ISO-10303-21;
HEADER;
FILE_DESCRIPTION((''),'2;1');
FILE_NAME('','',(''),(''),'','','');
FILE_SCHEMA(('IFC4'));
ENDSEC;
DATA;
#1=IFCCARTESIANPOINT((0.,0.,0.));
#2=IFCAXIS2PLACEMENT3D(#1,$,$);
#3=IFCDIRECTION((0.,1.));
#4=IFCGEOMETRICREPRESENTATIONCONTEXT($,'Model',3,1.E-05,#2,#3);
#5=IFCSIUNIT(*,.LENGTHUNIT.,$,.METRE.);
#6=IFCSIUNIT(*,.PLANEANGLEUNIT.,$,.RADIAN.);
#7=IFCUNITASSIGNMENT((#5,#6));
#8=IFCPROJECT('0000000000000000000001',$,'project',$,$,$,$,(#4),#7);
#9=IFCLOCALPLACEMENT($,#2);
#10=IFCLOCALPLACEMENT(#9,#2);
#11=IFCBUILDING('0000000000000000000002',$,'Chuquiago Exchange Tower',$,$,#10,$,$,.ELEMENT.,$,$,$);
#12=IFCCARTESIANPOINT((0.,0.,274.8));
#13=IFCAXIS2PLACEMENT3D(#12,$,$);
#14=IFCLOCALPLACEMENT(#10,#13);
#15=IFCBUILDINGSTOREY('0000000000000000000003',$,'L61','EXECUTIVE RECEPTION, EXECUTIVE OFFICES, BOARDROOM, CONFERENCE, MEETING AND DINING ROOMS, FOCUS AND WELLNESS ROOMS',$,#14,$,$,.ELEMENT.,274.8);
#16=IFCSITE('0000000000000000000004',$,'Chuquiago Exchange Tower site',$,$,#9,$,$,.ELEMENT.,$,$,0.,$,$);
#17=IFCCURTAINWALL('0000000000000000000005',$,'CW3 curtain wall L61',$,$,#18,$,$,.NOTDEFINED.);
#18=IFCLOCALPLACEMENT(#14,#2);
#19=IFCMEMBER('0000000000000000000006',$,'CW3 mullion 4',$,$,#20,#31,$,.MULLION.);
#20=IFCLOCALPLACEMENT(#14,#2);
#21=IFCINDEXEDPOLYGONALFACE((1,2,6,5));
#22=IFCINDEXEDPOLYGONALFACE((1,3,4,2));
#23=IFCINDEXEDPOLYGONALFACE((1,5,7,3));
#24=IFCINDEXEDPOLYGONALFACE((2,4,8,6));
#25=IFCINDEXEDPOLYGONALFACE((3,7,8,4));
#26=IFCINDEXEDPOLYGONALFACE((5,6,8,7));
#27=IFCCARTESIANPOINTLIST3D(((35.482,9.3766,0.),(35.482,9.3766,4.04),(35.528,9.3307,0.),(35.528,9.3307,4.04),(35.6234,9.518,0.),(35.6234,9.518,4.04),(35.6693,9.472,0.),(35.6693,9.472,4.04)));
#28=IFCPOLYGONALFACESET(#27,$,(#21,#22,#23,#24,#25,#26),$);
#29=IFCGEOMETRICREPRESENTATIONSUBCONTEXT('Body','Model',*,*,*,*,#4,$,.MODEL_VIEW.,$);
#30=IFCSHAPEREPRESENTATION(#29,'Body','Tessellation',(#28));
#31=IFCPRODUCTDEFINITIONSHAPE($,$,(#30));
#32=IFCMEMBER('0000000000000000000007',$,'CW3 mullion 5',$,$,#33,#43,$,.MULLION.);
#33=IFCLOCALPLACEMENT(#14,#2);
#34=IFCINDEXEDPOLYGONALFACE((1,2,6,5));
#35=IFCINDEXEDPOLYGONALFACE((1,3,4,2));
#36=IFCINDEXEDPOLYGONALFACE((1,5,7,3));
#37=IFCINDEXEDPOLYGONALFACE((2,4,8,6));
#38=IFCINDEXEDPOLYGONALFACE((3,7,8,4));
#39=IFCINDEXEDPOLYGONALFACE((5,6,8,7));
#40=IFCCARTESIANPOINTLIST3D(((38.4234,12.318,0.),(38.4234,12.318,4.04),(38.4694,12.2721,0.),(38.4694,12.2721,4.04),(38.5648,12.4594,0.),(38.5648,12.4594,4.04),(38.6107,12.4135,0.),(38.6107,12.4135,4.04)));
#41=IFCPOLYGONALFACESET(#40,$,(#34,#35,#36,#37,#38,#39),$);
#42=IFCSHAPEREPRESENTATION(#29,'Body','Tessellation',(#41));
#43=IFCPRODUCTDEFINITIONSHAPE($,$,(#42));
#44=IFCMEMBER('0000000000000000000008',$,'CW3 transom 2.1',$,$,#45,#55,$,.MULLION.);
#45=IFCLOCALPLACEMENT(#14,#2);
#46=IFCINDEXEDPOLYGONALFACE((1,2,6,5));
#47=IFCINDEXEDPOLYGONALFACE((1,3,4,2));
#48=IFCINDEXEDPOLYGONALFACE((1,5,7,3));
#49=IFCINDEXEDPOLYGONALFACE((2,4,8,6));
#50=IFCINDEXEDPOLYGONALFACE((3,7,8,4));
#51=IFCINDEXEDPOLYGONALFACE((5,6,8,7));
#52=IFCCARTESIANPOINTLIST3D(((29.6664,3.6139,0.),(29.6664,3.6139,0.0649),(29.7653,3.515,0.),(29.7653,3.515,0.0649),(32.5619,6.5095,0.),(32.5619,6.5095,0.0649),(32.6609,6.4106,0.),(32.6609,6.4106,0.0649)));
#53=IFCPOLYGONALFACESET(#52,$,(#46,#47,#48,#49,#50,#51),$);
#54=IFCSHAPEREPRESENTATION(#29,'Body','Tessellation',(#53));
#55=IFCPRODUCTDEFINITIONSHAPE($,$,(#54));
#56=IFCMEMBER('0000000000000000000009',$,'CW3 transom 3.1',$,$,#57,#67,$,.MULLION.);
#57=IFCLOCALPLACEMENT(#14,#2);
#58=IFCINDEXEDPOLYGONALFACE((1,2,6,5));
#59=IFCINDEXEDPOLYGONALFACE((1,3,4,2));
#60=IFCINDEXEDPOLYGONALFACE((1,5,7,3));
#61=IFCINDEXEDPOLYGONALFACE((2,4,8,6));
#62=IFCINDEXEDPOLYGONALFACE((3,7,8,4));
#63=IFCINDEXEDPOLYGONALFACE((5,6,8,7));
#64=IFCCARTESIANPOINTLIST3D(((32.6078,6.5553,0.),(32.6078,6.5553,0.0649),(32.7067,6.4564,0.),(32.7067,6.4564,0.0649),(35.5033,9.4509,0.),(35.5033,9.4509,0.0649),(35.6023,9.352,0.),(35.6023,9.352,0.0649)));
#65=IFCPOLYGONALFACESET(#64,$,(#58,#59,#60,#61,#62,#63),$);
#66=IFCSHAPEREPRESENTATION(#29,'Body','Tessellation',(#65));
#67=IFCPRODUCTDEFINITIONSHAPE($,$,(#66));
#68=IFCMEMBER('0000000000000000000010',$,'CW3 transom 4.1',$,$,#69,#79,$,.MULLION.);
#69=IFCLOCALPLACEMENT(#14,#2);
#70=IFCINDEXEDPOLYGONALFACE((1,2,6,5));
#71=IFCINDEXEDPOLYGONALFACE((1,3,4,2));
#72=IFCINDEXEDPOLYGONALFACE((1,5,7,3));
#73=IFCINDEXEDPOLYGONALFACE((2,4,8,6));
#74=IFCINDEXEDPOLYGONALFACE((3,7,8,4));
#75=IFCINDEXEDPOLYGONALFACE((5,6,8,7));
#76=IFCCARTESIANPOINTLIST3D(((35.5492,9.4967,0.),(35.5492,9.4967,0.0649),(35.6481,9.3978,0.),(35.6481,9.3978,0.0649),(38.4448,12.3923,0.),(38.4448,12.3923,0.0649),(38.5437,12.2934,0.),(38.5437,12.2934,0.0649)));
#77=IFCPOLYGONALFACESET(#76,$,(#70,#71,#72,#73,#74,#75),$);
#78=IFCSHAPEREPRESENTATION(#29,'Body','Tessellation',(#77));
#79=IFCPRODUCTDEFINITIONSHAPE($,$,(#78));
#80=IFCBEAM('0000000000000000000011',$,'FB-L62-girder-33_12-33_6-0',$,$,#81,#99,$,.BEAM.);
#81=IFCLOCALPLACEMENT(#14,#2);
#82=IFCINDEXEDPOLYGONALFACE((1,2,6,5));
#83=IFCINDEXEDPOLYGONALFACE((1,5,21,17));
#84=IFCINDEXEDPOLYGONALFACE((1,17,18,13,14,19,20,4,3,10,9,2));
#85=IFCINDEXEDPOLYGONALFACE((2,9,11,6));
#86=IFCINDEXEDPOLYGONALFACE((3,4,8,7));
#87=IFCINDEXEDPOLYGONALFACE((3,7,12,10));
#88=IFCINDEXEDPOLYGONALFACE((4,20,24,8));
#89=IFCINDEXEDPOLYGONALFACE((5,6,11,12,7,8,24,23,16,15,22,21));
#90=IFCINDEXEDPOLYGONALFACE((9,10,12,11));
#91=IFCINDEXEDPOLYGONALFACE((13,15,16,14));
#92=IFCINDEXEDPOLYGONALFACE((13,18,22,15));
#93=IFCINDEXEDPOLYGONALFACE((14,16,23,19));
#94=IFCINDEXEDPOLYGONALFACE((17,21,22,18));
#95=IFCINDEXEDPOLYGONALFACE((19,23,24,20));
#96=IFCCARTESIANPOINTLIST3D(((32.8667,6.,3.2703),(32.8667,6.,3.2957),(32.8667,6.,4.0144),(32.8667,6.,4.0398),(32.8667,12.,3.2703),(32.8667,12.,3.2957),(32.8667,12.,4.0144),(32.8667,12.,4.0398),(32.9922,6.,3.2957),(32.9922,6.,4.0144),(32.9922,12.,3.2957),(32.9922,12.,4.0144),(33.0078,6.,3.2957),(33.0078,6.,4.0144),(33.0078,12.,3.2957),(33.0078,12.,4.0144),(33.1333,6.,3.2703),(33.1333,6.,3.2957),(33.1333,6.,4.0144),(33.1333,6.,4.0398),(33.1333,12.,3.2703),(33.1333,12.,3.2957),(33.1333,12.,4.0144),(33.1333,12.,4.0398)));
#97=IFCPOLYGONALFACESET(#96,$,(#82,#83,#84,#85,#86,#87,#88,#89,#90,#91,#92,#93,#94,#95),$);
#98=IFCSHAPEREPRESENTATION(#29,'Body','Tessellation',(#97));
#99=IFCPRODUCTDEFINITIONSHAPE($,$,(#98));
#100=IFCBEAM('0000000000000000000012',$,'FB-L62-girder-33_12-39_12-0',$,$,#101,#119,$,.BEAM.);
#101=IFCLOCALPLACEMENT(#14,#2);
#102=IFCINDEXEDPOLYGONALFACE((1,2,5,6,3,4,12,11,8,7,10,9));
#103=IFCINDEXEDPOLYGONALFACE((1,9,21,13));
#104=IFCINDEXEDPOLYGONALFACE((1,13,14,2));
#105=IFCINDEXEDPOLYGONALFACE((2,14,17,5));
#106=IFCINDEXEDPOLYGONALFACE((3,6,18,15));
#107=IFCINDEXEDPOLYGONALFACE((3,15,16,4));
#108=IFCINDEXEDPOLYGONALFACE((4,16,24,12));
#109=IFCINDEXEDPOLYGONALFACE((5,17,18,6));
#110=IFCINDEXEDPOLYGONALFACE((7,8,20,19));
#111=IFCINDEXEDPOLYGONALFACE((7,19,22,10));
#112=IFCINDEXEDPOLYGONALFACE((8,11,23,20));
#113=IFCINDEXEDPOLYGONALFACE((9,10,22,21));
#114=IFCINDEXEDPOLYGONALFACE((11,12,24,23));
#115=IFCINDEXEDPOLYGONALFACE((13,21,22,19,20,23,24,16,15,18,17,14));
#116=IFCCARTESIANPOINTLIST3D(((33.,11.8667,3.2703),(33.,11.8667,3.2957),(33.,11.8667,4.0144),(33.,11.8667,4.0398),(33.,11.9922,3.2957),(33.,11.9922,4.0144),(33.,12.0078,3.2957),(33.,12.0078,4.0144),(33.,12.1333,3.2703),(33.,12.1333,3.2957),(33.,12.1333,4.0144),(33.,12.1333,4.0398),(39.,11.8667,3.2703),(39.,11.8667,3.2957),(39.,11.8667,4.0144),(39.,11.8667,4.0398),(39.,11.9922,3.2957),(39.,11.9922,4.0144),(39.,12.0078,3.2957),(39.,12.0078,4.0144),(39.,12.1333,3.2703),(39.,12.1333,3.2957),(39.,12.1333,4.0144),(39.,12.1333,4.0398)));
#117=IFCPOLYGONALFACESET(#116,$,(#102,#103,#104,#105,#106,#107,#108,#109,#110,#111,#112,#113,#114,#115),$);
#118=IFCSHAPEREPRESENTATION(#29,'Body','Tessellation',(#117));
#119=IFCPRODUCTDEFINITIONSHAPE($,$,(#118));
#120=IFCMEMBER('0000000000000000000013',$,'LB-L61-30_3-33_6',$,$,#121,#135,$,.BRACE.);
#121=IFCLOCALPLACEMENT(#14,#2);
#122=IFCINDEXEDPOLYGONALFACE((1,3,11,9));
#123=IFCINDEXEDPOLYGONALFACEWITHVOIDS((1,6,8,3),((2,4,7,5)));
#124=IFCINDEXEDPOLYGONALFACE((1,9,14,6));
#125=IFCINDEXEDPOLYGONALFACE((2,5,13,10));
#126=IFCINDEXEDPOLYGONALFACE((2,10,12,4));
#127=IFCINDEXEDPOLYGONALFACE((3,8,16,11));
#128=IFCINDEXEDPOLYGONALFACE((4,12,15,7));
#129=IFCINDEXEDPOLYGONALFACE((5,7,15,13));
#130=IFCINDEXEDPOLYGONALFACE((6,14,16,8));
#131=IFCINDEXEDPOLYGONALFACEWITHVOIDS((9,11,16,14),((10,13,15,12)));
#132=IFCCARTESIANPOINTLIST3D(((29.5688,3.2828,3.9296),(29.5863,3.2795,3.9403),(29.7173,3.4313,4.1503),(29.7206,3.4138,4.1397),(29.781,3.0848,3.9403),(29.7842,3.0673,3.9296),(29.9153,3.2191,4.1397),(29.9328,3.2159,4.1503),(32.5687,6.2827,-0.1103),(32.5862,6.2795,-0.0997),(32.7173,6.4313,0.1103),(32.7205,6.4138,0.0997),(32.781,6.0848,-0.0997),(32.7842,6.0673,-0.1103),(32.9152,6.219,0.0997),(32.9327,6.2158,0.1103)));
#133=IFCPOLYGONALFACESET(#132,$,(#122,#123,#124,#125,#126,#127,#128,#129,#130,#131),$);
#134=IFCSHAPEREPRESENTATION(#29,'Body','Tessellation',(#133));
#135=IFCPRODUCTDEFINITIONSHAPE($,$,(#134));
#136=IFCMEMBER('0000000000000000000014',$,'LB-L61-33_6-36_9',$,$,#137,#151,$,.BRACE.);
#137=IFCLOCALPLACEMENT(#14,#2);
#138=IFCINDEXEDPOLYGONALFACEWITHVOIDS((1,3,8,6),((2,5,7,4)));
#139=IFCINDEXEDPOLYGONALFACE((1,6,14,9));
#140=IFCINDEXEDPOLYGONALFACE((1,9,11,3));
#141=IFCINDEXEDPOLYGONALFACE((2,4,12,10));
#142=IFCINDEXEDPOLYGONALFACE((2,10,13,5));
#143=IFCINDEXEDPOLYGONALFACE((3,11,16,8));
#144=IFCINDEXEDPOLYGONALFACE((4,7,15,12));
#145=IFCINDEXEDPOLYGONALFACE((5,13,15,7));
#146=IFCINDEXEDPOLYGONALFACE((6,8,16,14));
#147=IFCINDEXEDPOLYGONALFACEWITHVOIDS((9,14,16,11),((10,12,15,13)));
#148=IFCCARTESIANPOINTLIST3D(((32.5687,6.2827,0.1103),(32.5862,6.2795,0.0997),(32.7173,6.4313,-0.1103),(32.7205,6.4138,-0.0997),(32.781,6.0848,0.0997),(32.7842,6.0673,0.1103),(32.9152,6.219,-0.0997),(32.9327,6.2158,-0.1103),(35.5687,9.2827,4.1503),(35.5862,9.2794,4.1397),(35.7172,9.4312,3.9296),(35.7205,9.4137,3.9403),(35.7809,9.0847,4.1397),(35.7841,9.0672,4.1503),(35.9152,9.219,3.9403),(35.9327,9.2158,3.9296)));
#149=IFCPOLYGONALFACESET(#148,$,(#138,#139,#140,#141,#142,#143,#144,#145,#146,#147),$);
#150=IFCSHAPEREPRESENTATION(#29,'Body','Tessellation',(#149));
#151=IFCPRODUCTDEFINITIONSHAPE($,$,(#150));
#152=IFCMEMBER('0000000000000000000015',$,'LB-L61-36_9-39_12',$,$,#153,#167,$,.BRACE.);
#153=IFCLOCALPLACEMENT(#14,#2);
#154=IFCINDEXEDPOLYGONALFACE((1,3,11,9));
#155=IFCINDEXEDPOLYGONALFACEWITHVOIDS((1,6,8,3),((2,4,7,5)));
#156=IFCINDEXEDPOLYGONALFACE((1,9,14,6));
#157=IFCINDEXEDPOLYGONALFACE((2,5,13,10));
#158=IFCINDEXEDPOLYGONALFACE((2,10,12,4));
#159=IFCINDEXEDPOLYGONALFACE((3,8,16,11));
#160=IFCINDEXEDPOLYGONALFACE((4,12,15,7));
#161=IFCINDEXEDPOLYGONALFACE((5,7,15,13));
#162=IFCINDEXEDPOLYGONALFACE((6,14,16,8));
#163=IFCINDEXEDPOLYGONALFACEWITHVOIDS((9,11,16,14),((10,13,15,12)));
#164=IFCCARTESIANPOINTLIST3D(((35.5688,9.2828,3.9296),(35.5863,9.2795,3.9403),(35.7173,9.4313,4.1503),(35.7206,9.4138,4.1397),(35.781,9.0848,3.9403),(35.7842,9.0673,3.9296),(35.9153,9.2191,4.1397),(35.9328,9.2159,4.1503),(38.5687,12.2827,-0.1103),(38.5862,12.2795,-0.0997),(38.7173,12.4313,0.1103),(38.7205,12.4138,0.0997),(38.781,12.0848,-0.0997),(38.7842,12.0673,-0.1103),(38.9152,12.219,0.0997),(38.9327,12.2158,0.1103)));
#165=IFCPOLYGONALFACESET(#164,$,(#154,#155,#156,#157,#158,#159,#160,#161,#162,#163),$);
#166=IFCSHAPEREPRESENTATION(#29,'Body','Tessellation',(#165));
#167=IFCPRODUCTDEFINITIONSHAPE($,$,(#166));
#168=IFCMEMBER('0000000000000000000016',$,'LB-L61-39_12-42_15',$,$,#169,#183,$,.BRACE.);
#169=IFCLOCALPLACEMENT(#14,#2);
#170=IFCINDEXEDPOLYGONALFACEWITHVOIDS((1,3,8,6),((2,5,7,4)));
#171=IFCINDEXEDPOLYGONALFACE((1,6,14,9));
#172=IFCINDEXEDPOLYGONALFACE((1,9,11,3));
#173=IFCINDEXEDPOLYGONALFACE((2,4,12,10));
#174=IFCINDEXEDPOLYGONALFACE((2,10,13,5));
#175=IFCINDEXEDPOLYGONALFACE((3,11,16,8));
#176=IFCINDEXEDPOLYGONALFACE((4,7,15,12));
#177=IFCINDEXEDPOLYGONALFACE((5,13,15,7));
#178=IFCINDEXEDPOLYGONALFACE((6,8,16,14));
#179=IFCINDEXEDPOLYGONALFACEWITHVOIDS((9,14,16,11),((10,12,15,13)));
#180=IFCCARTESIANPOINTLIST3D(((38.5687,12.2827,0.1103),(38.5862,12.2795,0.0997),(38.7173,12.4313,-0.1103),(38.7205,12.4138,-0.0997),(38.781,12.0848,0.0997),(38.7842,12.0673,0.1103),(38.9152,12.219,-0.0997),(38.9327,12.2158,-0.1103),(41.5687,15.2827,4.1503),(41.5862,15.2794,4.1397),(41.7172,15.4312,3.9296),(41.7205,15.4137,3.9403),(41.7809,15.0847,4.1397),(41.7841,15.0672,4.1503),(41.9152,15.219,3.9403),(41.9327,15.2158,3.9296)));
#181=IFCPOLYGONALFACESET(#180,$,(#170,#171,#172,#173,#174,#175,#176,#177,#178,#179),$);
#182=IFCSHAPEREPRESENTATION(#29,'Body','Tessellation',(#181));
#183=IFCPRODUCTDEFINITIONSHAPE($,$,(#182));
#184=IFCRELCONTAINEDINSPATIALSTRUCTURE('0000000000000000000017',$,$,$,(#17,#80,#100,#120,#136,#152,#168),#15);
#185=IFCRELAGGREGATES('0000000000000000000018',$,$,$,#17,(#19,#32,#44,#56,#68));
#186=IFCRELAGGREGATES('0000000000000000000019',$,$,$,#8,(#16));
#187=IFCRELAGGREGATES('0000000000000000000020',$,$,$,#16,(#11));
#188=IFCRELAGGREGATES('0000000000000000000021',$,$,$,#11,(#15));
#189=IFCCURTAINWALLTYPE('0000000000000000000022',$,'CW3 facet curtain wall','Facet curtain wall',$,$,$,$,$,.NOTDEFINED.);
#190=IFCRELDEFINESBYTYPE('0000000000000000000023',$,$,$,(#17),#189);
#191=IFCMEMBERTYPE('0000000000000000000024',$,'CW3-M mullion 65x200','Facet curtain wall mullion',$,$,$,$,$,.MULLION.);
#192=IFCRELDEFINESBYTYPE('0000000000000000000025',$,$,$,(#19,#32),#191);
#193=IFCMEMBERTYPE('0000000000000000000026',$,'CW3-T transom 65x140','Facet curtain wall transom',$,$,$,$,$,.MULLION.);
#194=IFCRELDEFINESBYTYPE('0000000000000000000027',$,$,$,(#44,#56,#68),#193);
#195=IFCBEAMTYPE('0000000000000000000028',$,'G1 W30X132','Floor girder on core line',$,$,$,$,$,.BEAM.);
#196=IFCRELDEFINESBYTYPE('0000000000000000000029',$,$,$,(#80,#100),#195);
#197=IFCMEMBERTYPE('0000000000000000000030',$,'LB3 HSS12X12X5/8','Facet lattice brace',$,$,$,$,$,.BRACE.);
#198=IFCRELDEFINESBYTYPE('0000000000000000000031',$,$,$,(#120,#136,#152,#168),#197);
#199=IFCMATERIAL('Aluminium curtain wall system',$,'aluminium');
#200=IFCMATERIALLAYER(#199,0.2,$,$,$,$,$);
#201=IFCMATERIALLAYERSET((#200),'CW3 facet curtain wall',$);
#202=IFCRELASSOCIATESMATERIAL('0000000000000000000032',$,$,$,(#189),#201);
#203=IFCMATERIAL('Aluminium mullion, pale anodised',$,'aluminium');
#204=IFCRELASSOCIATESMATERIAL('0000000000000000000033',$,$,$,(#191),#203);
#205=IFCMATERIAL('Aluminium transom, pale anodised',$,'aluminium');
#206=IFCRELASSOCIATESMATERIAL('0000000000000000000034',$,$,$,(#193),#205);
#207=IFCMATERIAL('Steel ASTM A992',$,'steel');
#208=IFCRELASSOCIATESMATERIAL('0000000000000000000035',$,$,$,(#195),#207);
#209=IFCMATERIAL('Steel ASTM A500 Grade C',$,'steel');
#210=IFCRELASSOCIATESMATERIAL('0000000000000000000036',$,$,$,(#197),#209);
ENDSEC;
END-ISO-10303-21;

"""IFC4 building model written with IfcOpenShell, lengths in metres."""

from ifc_helpers import new_model, si_unit, direction, frame, origin, origin_2d, place, context, subcontext, project, spatial, rectangle, hollow_rectangle, i_section, extrude, material, layer, layer_set, material_profile, profile_set, type_object, element, aggregate, save


model = new_model("IFC4")

# Units and contexts
model_context = context("Model", 3, precision=1e-05, world=origin(), true_north=direction((0.0, 1.0)))
body_context = subcontext(model_context, "Body", "Model", "MODEL_VIEW")
ifc_project = project(units=[si_unit("LENGTHUNIT", "METRE"), si_unit("PLANEANGLEUNIT", "RADIAN")], contexts=[model_context])

# Site, building, storey
site_placement = place(None, origin())
site = spatial("IfcSite", under=ifc_project, at=site_placement, Name="Chuquiago Exchange Tower site", CompositionType="ELEMENT", RefElevation=0.0)
building_placement = place(site_placement, origin())
building = spatial("IfcBuilding", under=site, at=building_placement, Name="Chuquiago Exchange Tower", CompositionType="ELEMENT")
storey_placement = place(building_placement, frame((0.0, 0.0, 274.8)))
storey = spatial("IfcBuildingStorey", under=building, at=storey_placement, Name="L61", Description="EXECUTIVE RECEPTION, EXECUTIVE OFFICES, BOARDROOM, CONFERENCE, MEETING AND DINING ROOMS, FOCUS AND WELLNESS ROOMS", CompositionType="ELEMENT", Elevation=274.8)

# Curtain wall, members
ifc_material_1 = material(Name="Aluminium curtain wall system", Category="aluminium")
ifc_layer_1 = layer(ifc_material_1, 0.2)
ifc_layer_set_1 = layer_set([ifc_layer_1], Name="CW3 facet curtain wall")
curtain_wall_type = type_object("IfcCurtainWallType", Name="CW3 facet curtain wall", Description="Facet curtain wall", PredefinedType="NOTDEFINED", material=ifc_layer_set_1)
curtain_wall_placement = place(storey_placement, origin())
curtain_wall = element("IfcCurtainWall", 1, at=curtain_wall_placement, inside=storey, type_object=curtain_wall_type, Name="CW3 curtain wall L61", PredefinedType="NOTDEFINED")
ifc_material_2 = material(Name="Aluminium mullion, pale anodised", Category="aluminium")
ifc_material_profile_1 = material_profile(ifc_material_2, rectangle(XDim=0.0649, YDim=0.2, at=origin_2d()), Name="AL 65x200")
ifc_profile_set_1 = profile_set([ifc_material_profile_1], Name="Aluminium mullion, pale anodised")
member_type_1 = type_object("IfcMemberType", Name="CW3-M mullion 65x200", Description="Facet curtain wall mullion", PredefinedType="MULLION", material=ifc_profile_set_1)
member_1_placement = place(storey_placement, frame((35.5757, 9.4243, 0.0), z_axis=(0.0, 0.0, 1.0), x_axis=(-0.707107, 0.707107, 0.0)))
member_1 = element("IfcMember", 2, at=member_1_placement, type_object=member_type_1, Name="CW3 mullion 4", PredefinedType="MULLION", context=body_context, shape_type="SweptSolid", body=[
    extrude(rectangle(XDim=0.0649, YDim=0.2, at=origin_2d()), origin(), (0.0, 0.0, 1.0), 4.04),
])
member_2_placement = place(storey_placement, frame((38.5171, 12.3657, 0.0), z_axis=(0.0, 0.0, 1.0), x_axis=(-0.707107, 0.707107, 0.0)))
member_2 = element("IfcMember", 3, at=member_2_placement, type_object=member_type_1, Name="CW3 mullion 5", PredefinedType="MULLION", context=body_context, shape_type="SweptSolid", body=[
    extrude(rectangle(XDim=0.0649, YDim=0.2, at=origin_2d()), origin(), (0.0, 0.0, 1.0), 4.04),
])
ifc_material_3 = material(Name="Aluminium transom, pale anodised", Category="aluminium")
ifc_material_profile_2 = material_profile(ifc_material_3, rectangle(XDim=0.1399, YDim=0.0649, at=origin_2d()), Name="AL 140x65")
ifc_profile_set_2 = profile_set([ifc_material_profile_2], Name="Aluminium transom, pale anodised")
member_type_2 = type_object("IfcMemberType", Name="CW3-T transom 65x140", Description="Facet curtain wall transom", PredefinedType="MULLION", material=ifc_profile_set_2)
member_3_placement = place(storey_placement, frame((29.7158, 3.5645, 0.0325), z_axis=(0.707107, 0.707107, 0.0), x_axis=(-0.707107, 0.707107, 0.0)))
member_3 = element("IfcMember", 4, at=member_3_placement, type_object=member_type_2, Name="CW3 transom 2.1", PredefinedType="MULLION", context=body_context, shape_type="SweptSolid", body=[
    extrude(rectangle(XDim=0.1399, YDim=0.0649, at=origin_2d()), origin(), (0.0, 0.0, 1.0), 4.095),
])
member_4_placement = place(storey_placement, frame((32.6572, 6.5059, 0.0325), z_axis=(0.707107, 0.707107, 0.0), x_axis=(-0.707107, 0.707107, 0.0)))
member_4 = element("IfcMember", 5, at=member_4_placement, type_object=member_type_2, Name="CW3 transom 3.1", PredefinedType="MULLION", context=body_context, shape_type="SweptSolid", body=[
    extrude(rectangle(XDim=0.1399, YDim=0.0649, at=origin_2d()), origin(), (0.0, 0.0, 1.0), 4.095),
])
member_5_placement = place(storey_placement, frame((35.5986, 9.4473, 0.0325), z_axis=(0.707107, 0.707107, 0.0), x_axis=(-0.707107, 0.707107, 0.0)))
member_5 = element("IfcMember", 6, at=member_5_placement, type_object=member_type_2, Name="CW3 transom 4.1", PredefinedType="MULLION", context=body_context, shape_type="SweptSolid", body=[
    extrude(rectangle(XDim=0.1399, YDim=0.0649, at=origin_2d()), origin(), (0.0, 0.0, 1.0), 4.095),
])

# Beams
ifc_material_4 = material(Name="Steel ASTM A992", Category="steel")
ifc_material_profile_3 = material_profile(ifc_material_4, i_section(OverallWidth=0.2666, OverallDepth=0.7695, WebThickness=0.0156, FlangeThickness=0.0254, at=origin_2d()), Name="W30X132")
ifc_profile_set_3 = profile_set([ifc_material_profile_3], Name="Steel ASTM A992")
beam_type_1 = type_object("IfcBeamType", Name="G1 W30X132", Description="Floor girder on core line", PredefinedType="BEAM", material=ifc_profile_set_3)
for number, where, z_axis, x_axis, name in (
    (7, (33.0, 12.0, 3.655), (0.0, -1.0, 0.0), (1.0, 0.0, 0.0), "FB-L62-girder-33_12-33_6-0"),
    (8, (33.0, 12.0, 3.655), (1.0, 0.0, 0.0), (0.0, 1.0, 0.0), "FB-L62-girder-33_12-39_12-0"),
):
    element("IfcBeam", number, at=place(storey_placement, frame(where, z_axis=z_axis, x_axis=x_axis)), inside=storey, type_object=beam_type_1, Name=name, PredefinedType="BEAM", context=body_context, shape_type="SweptSolid", body=[
        extrude(i_section(OverallWidth=0.2666, OverallDepth=0.7695, WebThickness=0.0156, FlangeThickness=0.0254, at=origin_2d()), origin(), (0.0, 0.0, 1.0), 6.0),
    ])

# Members
ifc_material_5 = material(Name="Steel ASTM A500 Grade C", Category="steel")
ifc_material_profile_4 = material_profile(ifc_material_5, hollow_rectangle(XDim=0.3047, YDim=0.3047, WallThickness=0.0146, at=origin_2d()), Name="HSS12X12X5/8")
ifc_profile_set_4 = profile_set([ifc_material_profile_4], Name="Steel ASTM A500 Grade C")
member_type_3 = type_object("IfcMemberType", Name="LB3 HSS12X12X5/8", Description="Facet lattice brace", PredefinedType="BRACE", material=ifc_profile_set_4)
for number, where, z_axis, x_axis, name in (
    (9, (32.7507, 6.2493, 0.0), (-0.512077, -0.512077, 0.689604), (0.707107, -0.707107, 0.0), "LB-L61-30_3-33_6"),
    (10, (32.7507, 6.2493, 0.0), (0.512077, 0.512077, 0.689604), (-0.707107, 0.707107, 0.0), "LB-L61-33_6-36_9"),
    (11, (38.7507, 12.2493, 0.0), (-0.512077, -0.512077, 0.689604), (0.707107, -0.707107, 0.0), "LB-L61-36_9-39_12"),
    (12, (38.7507, 12.2493, 0.0), (0.512077, 0.512077, 0.689604), (-0.707107, 0.707107, 0.0), "LB-L61-39_12-42_15"),
):
    element("IfcMember", number, at=place(storey_placement, frame(where, z_axis=z_axis, x_axis=x_axis)), inside=storey, type_object=member_type_3, Name=name, PredefinedType="BRACE", context=body_context, shape_type="SweptSolid", body=[
        extrude(hollow_rectangle(XDim=0.3047, YDim=0.3047, WallThickness=0.0146, at=origin_2d()), origin(), (0.0, 0.0, 1.0), 5.8584),
    ])

aggregate(curtain_wall, [member_1, member_2, member_3, member_4, member_5])

save(model, "model.ifc")
